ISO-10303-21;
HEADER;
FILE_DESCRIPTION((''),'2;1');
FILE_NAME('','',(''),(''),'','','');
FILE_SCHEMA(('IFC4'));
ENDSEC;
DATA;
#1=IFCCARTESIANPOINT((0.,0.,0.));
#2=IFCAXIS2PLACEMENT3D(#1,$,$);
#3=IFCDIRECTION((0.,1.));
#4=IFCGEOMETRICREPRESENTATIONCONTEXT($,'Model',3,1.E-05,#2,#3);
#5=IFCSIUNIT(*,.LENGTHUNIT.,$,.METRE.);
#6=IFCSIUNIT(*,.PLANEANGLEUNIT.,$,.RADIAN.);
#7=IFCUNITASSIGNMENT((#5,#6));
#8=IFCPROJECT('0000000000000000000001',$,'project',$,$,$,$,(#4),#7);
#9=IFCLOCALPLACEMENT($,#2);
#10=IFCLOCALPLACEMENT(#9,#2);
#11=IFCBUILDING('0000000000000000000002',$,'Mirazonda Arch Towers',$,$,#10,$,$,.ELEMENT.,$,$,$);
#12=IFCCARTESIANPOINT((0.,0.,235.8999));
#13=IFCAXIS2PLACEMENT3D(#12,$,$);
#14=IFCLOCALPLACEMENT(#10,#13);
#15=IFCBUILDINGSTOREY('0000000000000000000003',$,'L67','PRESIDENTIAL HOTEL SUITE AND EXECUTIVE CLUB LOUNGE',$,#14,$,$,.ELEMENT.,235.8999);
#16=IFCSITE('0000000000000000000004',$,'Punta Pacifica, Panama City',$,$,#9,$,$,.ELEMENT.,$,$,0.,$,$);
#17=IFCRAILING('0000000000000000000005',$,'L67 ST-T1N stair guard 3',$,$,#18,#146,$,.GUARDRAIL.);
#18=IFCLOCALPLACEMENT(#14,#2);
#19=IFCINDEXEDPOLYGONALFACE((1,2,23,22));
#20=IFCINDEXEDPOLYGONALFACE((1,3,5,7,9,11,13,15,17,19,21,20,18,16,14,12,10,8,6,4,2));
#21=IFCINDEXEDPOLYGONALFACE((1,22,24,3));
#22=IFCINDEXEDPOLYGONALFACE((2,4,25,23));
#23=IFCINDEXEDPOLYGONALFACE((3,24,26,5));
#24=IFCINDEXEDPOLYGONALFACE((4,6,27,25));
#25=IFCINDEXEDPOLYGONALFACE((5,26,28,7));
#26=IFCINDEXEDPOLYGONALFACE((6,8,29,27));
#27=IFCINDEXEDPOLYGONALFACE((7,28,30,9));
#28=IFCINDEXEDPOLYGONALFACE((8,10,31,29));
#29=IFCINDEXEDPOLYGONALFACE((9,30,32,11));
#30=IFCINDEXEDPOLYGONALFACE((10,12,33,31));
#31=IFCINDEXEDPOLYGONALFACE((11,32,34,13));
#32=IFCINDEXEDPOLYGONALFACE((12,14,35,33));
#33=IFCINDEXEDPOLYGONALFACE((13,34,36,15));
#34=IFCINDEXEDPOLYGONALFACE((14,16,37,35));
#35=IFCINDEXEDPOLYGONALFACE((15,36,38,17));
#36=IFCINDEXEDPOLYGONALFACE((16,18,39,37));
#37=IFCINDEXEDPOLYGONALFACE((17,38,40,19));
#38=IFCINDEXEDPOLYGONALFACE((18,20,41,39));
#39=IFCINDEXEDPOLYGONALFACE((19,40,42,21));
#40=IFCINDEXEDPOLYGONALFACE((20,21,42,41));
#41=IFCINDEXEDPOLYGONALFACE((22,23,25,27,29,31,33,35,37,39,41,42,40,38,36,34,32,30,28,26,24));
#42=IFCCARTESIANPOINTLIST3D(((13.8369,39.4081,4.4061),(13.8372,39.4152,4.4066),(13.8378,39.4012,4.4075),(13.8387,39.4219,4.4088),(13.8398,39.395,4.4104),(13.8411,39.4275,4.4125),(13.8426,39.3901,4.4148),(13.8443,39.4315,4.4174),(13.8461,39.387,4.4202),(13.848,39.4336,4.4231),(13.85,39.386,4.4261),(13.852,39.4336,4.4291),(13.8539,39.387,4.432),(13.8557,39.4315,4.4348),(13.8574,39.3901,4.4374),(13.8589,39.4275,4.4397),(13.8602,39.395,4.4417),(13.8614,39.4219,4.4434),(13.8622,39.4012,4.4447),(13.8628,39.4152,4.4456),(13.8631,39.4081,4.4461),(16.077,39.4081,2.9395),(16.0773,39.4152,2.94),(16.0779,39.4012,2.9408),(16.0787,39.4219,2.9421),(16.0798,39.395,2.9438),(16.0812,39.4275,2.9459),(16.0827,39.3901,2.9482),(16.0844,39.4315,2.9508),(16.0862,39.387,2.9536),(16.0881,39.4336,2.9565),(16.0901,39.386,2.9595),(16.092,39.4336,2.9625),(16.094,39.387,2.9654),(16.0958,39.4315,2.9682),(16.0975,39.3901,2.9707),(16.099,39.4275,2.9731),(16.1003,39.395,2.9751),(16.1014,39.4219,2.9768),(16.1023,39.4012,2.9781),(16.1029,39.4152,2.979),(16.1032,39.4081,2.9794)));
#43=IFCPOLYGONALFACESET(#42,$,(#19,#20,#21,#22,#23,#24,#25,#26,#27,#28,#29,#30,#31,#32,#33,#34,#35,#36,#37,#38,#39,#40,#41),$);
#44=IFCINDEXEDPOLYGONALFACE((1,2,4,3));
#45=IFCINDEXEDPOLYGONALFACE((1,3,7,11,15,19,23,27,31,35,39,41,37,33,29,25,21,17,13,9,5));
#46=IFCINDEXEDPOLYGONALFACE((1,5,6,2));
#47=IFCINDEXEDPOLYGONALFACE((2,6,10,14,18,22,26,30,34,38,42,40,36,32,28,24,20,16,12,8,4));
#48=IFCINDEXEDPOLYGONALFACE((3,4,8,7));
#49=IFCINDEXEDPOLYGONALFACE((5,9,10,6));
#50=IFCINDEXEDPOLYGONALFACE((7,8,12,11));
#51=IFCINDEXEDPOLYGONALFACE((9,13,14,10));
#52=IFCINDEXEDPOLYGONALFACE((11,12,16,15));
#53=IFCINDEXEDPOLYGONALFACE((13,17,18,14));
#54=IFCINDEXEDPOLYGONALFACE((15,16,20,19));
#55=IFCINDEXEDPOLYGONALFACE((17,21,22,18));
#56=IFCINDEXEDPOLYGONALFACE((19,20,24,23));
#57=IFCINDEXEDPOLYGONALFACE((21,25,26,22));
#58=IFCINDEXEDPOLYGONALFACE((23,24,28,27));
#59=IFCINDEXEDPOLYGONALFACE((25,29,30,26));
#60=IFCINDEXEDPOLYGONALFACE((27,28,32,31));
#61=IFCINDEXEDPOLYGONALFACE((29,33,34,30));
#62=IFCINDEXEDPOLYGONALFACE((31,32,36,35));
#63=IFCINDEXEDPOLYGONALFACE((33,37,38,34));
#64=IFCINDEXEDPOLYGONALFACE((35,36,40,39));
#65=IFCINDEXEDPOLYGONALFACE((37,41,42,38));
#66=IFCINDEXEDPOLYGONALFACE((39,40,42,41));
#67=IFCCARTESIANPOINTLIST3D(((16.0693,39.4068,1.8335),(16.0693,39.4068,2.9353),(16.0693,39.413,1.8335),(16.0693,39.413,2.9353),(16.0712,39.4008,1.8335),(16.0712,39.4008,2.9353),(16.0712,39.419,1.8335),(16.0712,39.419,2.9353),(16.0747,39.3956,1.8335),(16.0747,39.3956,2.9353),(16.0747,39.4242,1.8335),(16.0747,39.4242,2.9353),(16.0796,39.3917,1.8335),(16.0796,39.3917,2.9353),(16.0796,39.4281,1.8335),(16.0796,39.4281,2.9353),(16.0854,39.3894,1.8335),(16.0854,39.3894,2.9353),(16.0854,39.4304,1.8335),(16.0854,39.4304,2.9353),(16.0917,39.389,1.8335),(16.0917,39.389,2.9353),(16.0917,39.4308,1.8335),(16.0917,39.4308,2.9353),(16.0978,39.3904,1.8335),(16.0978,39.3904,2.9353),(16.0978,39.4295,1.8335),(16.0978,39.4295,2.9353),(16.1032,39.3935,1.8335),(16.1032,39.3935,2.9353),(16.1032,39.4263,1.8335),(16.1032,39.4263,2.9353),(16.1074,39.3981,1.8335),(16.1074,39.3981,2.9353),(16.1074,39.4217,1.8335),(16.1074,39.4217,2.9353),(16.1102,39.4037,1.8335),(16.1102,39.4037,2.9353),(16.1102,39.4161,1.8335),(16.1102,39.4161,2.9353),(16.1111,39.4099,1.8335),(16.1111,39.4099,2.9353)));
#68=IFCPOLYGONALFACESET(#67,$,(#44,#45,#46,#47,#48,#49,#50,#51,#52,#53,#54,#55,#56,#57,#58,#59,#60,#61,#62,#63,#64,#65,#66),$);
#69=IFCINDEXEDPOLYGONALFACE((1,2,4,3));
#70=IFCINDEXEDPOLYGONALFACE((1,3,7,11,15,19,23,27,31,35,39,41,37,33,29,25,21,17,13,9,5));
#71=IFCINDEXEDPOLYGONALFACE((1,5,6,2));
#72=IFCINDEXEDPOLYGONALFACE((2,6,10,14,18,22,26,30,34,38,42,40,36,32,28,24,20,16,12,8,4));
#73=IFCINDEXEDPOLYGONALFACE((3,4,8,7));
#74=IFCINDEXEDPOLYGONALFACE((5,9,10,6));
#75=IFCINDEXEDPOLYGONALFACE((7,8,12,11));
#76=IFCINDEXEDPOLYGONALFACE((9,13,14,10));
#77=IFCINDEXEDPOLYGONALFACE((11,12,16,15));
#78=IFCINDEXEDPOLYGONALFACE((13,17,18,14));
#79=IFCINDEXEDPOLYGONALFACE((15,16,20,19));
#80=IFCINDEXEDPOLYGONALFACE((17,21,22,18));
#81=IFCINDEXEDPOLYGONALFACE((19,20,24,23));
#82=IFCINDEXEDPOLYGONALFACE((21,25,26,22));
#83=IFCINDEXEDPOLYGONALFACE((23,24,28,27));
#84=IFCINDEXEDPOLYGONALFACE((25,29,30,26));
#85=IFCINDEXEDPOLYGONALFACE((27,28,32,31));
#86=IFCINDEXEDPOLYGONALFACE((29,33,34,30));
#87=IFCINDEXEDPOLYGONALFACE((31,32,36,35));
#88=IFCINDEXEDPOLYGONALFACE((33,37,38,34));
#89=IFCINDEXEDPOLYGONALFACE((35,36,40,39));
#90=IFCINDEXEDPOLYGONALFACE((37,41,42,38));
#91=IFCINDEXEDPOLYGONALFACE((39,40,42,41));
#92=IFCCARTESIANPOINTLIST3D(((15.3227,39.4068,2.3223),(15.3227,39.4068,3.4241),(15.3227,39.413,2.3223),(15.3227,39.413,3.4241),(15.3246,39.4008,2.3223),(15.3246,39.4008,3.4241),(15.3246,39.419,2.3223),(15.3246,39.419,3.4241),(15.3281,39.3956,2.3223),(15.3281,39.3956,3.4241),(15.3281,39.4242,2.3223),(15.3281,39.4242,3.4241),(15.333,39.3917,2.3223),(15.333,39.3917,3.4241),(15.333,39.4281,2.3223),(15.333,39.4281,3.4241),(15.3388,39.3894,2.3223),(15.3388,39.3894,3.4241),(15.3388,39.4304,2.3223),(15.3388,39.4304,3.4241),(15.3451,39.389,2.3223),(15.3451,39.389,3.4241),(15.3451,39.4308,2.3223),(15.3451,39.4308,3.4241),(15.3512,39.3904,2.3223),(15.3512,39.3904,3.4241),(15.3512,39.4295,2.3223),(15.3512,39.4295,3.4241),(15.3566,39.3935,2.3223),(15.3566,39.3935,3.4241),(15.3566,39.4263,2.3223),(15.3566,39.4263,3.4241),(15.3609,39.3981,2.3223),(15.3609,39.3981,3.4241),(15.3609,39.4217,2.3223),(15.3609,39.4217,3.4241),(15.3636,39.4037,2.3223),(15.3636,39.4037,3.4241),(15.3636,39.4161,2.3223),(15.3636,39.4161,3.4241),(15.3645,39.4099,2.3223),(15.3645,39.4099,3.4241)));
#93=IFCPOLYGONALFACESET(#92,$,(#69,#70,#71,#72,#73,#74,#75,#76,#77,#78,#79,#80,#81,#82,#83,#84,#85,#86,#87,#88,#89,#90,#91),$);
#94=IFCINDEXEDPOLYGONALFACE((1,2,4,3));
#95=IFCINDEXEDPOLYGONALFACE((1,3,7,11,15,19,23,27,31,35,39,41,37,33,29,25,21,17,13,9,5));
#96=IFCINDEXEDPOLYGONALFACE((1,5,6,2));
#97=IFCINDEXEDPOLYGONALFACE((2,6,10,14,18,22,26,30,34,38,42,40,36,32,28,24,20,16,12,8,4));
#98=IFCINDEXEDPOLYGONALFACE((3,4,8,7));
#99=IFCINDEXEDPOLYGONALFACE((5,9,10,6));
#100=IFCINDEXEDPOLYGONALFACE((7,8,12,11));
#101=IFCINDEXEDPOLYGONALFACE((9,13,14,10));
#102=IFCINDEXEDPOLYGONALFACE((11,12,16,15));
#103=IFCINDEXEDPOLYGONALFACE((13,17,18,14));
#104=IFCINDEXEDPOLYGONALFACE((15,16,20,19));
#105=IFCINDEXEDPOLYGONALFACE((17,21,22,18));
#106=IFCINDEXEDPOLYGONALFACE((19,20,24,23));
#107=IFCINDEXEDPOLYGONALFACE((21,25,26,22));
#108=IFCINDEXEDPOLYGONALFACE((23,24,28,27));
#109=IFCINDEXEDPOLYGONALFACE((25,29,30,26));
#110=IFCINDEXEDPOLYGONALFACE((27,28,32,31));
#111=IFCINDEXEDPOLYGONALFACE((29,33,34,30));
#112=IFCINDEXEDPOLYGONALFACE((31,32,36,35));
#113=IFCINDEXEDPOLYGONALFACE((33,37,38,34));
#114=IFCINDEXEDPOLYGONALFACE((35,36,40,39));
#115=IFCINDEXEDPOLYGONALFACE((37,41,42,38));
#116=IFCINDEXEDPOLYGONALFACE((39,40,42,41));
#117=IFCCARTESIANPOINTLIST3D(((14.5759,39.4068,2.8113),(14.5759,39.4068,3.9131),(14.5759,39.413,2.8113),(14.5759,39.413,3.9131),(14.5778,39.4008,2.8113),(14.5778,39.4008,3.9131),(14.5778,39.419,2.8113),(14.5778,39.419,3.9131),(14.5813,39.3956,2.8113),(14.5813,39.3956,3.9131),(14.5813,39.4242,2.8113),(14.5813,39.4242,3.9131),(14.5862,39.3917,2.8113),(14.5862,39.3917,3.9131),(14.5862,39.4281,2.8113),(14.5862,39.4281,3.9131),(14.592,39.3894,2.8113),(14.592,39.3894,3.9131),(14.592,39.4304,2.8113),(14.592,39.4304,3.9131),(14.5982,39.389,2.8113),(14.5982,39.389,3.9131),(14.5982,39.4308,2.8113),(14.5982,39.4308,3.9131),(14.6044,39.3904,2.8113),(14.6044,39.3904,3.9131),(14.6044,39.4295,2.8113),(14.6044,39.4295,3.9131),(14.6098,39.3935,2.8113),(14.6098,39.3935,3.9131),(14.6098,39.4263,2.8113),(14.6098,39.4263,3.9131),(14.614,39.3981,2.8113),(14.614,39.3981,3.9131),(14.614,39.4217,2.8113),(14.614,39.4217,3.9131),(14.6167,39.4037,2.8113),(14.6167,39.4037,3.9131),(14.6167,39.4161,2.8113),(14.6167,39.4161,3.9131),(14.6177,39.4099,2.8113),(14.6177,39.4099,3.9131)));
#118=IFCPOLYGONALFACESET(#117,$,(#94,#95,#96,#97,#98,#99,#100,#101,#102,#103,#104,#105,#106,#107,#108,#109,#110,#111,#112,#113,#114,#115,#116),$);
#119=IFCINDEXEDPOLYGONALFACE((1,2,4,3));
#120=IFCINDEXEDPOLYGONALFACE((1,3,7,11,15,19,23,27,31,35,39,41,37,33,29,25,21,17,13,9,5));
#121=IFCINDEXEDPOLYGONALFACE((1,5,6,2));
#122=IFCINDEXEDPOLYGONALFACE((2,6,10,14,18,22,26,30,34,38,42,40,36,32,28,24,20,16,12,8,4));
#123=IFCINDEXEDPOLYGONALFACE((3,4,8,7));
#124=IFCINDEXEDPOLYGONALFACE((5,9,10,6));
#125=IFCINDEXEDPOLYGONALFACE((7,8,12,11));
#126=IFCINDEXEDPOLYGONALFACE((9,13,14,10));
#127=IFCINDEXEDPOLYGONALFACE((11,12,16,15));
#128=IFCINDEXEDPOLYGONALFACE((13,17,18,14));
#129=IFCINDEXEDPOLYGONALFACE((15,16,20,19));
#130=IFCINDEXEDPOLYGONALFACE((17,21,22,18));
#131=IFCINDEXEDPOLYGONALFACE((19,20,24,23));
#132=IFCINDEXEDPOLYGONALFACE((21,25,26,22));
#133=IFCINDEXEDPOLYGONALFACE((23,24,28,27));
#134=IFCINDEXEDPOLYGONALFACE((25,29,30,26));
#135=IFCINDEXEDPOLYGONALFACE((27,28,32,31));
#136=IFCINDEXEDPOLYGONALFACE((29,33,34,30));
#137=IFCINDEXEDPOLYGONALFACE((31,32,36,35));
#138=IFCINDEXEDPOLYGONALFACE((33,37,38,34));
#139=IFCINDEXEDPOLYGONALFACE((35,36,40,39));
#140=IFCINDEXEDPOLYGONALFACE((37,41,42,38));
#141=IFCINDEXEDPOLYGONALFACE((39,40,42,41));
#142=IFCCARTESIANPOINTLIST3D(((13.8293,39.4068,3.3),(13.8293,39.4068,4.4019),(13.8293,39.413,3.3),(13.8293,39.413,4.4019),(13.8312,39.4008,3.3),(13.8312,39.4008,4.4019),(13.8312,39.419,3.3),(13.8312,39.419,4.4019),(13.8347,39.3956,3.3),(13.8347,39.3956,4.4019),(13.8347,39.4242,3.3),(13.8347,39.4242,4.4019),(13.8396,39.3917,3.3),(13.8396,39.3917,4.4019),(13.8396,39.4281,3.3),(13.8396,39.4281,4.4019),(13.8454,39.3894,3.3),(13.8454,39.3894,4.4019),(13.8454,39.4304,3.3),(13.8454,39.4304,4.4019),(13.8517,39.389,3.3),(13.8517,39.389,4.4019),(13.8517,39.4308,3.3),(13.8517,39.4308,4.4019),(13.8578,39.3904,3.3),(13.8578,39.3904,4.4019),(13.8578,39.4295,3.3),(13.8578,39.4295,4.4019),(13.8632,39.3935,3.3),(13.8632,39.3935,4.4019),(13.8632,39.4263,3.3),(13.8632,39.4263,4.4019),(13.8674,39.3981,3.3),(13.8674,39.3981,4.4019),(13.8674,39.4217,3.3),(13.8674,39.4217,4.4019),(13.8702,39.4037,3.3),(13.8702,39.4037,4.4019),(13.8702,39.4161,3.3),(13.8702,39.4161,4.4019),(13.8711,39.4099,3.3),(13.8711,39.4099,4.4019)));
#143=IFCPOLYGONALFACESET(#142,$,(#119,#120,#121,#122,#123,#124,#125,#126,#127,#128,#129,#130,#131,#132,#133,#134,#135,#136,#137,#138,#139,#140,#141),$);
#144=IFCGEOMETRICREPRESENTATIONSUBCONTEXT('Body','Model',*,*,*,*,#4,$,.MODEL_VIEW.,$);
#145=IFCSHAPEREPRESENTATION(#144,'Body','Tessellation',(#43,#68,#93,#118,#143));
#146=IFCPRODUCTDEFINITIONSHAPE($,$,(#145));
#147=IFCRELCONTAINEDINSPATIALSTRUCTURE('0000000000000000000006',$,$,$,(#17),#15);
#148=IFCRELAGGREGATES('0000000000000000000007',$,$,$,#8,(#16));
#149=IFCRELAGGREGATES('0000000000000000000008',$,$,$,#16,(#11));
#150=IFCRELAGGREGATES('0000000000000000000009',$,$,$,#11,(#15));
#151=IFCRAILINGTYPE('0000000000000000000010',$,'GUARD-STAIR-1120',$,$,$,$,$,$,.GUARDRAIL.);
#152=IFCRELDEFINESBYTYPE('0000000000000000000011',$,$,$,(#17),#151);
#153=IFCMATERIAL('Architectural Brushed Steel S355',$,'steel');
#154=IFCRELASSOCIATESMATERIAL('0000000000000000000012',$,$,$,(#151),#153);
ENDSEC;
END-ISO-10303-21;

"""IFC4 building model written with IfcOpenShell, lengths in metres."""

from ifc_helpers import new_model, si_unit, direction, frame, origin, origin_2d, place, context, subcontext, project, spatial, circle, extrude, material, type_object, element, save


model = new_model("IFC4")

# Units and contexts
model_context = context("Model", 3, precision=1e-05, world=origin(), true_north=direction((0.0, 1.0)))
body_context = subcontext(model_context, "Body", "Model", "MODEL_VIEW")
ifc_project = project(units=[si_unit("LENGTHUNIT", "METRE"), si_unit("PLANEANGLEUNIT", "RADIAN")], contexts=[model_context])

# Site, building, storey
site_placement = place(None, origin())
site = spatial("IfcSite", under=ifc_project, at=site_placement, Name="Punta Pacifica, Panama City", CompositionType="ELEMENT", RefElevation=0.0)
building_placement = place(site_placement, origin())
building = spatial("IfcBuilding", under=site, at=building_placement, Name="Mirazonda Arch Towers", CompositionType="ELEMENT")
storey_placement = place(building_placement, frame((0.0, 0.0, 235.8999)))
storey = spatial("IfcBuildingStorey", under=building, at=storey_placement, Name="L67", Description="PRESIDENTIAL HOTEL SUITE AND EXECUTIVE CLUB LOUNGE", CompositionType="ELEMENT", Elevation=235.8999)

# Shared definitions
ifc_material_1 = material(Name="Architectural Brushed Steel S355", Category="steel")

# Railing
railing_type_1 = type_object("IfcRailingType", Name="GUARD-STAIR-1120", PredefinedType="GUARDRAIL", material=ifc_material_1)
railing_1_placement = place(storey_placement, frame((16.0901, 39.4099, 1.8335)))
element("IfcRailing", 1, at=railing_1_placement, inside=storey, type_object=railing_type_1, Name="L67 ST-T1N stair guard 3", PredefinedType="GUARDRAIL", context=body_context, shape_type="SweptSolid", body=[
    extrude(circle(Radius=0.0239, at=origin_2d()), frame((0.0, 0.0, 1.126), z_axis=(-0.836637, 0.0, 0.547758), x_axis=(0.0, -1.0, 0.0)), (0.0, 0.0, 1.0), 2.6775),
    extrude(circle(Radius=0.021, at=origin_2d()), origin(), (0.0, 0.0, 1.0), 1.1018),
    extrude(circle(Radius=0.021, at=origin_2d()), frame((-0.7466, 0.0, 0.4888)), (0.0, 0.0, 1.0), 1.1018),
    extrude(circle(Radius=0.021, at=origin_2d()), frame((-1.4934, 0.0, 0.9778)), (0.0, 0.0, 1.0), 1.1018),
    extrude(circle(Radius=0.021, at=origin_2d()), frame((-2.24, 0.0, 1.4666)), (0.0, 0.0, 1.0), 1.1018),
])

save(model, "model.ifc")
